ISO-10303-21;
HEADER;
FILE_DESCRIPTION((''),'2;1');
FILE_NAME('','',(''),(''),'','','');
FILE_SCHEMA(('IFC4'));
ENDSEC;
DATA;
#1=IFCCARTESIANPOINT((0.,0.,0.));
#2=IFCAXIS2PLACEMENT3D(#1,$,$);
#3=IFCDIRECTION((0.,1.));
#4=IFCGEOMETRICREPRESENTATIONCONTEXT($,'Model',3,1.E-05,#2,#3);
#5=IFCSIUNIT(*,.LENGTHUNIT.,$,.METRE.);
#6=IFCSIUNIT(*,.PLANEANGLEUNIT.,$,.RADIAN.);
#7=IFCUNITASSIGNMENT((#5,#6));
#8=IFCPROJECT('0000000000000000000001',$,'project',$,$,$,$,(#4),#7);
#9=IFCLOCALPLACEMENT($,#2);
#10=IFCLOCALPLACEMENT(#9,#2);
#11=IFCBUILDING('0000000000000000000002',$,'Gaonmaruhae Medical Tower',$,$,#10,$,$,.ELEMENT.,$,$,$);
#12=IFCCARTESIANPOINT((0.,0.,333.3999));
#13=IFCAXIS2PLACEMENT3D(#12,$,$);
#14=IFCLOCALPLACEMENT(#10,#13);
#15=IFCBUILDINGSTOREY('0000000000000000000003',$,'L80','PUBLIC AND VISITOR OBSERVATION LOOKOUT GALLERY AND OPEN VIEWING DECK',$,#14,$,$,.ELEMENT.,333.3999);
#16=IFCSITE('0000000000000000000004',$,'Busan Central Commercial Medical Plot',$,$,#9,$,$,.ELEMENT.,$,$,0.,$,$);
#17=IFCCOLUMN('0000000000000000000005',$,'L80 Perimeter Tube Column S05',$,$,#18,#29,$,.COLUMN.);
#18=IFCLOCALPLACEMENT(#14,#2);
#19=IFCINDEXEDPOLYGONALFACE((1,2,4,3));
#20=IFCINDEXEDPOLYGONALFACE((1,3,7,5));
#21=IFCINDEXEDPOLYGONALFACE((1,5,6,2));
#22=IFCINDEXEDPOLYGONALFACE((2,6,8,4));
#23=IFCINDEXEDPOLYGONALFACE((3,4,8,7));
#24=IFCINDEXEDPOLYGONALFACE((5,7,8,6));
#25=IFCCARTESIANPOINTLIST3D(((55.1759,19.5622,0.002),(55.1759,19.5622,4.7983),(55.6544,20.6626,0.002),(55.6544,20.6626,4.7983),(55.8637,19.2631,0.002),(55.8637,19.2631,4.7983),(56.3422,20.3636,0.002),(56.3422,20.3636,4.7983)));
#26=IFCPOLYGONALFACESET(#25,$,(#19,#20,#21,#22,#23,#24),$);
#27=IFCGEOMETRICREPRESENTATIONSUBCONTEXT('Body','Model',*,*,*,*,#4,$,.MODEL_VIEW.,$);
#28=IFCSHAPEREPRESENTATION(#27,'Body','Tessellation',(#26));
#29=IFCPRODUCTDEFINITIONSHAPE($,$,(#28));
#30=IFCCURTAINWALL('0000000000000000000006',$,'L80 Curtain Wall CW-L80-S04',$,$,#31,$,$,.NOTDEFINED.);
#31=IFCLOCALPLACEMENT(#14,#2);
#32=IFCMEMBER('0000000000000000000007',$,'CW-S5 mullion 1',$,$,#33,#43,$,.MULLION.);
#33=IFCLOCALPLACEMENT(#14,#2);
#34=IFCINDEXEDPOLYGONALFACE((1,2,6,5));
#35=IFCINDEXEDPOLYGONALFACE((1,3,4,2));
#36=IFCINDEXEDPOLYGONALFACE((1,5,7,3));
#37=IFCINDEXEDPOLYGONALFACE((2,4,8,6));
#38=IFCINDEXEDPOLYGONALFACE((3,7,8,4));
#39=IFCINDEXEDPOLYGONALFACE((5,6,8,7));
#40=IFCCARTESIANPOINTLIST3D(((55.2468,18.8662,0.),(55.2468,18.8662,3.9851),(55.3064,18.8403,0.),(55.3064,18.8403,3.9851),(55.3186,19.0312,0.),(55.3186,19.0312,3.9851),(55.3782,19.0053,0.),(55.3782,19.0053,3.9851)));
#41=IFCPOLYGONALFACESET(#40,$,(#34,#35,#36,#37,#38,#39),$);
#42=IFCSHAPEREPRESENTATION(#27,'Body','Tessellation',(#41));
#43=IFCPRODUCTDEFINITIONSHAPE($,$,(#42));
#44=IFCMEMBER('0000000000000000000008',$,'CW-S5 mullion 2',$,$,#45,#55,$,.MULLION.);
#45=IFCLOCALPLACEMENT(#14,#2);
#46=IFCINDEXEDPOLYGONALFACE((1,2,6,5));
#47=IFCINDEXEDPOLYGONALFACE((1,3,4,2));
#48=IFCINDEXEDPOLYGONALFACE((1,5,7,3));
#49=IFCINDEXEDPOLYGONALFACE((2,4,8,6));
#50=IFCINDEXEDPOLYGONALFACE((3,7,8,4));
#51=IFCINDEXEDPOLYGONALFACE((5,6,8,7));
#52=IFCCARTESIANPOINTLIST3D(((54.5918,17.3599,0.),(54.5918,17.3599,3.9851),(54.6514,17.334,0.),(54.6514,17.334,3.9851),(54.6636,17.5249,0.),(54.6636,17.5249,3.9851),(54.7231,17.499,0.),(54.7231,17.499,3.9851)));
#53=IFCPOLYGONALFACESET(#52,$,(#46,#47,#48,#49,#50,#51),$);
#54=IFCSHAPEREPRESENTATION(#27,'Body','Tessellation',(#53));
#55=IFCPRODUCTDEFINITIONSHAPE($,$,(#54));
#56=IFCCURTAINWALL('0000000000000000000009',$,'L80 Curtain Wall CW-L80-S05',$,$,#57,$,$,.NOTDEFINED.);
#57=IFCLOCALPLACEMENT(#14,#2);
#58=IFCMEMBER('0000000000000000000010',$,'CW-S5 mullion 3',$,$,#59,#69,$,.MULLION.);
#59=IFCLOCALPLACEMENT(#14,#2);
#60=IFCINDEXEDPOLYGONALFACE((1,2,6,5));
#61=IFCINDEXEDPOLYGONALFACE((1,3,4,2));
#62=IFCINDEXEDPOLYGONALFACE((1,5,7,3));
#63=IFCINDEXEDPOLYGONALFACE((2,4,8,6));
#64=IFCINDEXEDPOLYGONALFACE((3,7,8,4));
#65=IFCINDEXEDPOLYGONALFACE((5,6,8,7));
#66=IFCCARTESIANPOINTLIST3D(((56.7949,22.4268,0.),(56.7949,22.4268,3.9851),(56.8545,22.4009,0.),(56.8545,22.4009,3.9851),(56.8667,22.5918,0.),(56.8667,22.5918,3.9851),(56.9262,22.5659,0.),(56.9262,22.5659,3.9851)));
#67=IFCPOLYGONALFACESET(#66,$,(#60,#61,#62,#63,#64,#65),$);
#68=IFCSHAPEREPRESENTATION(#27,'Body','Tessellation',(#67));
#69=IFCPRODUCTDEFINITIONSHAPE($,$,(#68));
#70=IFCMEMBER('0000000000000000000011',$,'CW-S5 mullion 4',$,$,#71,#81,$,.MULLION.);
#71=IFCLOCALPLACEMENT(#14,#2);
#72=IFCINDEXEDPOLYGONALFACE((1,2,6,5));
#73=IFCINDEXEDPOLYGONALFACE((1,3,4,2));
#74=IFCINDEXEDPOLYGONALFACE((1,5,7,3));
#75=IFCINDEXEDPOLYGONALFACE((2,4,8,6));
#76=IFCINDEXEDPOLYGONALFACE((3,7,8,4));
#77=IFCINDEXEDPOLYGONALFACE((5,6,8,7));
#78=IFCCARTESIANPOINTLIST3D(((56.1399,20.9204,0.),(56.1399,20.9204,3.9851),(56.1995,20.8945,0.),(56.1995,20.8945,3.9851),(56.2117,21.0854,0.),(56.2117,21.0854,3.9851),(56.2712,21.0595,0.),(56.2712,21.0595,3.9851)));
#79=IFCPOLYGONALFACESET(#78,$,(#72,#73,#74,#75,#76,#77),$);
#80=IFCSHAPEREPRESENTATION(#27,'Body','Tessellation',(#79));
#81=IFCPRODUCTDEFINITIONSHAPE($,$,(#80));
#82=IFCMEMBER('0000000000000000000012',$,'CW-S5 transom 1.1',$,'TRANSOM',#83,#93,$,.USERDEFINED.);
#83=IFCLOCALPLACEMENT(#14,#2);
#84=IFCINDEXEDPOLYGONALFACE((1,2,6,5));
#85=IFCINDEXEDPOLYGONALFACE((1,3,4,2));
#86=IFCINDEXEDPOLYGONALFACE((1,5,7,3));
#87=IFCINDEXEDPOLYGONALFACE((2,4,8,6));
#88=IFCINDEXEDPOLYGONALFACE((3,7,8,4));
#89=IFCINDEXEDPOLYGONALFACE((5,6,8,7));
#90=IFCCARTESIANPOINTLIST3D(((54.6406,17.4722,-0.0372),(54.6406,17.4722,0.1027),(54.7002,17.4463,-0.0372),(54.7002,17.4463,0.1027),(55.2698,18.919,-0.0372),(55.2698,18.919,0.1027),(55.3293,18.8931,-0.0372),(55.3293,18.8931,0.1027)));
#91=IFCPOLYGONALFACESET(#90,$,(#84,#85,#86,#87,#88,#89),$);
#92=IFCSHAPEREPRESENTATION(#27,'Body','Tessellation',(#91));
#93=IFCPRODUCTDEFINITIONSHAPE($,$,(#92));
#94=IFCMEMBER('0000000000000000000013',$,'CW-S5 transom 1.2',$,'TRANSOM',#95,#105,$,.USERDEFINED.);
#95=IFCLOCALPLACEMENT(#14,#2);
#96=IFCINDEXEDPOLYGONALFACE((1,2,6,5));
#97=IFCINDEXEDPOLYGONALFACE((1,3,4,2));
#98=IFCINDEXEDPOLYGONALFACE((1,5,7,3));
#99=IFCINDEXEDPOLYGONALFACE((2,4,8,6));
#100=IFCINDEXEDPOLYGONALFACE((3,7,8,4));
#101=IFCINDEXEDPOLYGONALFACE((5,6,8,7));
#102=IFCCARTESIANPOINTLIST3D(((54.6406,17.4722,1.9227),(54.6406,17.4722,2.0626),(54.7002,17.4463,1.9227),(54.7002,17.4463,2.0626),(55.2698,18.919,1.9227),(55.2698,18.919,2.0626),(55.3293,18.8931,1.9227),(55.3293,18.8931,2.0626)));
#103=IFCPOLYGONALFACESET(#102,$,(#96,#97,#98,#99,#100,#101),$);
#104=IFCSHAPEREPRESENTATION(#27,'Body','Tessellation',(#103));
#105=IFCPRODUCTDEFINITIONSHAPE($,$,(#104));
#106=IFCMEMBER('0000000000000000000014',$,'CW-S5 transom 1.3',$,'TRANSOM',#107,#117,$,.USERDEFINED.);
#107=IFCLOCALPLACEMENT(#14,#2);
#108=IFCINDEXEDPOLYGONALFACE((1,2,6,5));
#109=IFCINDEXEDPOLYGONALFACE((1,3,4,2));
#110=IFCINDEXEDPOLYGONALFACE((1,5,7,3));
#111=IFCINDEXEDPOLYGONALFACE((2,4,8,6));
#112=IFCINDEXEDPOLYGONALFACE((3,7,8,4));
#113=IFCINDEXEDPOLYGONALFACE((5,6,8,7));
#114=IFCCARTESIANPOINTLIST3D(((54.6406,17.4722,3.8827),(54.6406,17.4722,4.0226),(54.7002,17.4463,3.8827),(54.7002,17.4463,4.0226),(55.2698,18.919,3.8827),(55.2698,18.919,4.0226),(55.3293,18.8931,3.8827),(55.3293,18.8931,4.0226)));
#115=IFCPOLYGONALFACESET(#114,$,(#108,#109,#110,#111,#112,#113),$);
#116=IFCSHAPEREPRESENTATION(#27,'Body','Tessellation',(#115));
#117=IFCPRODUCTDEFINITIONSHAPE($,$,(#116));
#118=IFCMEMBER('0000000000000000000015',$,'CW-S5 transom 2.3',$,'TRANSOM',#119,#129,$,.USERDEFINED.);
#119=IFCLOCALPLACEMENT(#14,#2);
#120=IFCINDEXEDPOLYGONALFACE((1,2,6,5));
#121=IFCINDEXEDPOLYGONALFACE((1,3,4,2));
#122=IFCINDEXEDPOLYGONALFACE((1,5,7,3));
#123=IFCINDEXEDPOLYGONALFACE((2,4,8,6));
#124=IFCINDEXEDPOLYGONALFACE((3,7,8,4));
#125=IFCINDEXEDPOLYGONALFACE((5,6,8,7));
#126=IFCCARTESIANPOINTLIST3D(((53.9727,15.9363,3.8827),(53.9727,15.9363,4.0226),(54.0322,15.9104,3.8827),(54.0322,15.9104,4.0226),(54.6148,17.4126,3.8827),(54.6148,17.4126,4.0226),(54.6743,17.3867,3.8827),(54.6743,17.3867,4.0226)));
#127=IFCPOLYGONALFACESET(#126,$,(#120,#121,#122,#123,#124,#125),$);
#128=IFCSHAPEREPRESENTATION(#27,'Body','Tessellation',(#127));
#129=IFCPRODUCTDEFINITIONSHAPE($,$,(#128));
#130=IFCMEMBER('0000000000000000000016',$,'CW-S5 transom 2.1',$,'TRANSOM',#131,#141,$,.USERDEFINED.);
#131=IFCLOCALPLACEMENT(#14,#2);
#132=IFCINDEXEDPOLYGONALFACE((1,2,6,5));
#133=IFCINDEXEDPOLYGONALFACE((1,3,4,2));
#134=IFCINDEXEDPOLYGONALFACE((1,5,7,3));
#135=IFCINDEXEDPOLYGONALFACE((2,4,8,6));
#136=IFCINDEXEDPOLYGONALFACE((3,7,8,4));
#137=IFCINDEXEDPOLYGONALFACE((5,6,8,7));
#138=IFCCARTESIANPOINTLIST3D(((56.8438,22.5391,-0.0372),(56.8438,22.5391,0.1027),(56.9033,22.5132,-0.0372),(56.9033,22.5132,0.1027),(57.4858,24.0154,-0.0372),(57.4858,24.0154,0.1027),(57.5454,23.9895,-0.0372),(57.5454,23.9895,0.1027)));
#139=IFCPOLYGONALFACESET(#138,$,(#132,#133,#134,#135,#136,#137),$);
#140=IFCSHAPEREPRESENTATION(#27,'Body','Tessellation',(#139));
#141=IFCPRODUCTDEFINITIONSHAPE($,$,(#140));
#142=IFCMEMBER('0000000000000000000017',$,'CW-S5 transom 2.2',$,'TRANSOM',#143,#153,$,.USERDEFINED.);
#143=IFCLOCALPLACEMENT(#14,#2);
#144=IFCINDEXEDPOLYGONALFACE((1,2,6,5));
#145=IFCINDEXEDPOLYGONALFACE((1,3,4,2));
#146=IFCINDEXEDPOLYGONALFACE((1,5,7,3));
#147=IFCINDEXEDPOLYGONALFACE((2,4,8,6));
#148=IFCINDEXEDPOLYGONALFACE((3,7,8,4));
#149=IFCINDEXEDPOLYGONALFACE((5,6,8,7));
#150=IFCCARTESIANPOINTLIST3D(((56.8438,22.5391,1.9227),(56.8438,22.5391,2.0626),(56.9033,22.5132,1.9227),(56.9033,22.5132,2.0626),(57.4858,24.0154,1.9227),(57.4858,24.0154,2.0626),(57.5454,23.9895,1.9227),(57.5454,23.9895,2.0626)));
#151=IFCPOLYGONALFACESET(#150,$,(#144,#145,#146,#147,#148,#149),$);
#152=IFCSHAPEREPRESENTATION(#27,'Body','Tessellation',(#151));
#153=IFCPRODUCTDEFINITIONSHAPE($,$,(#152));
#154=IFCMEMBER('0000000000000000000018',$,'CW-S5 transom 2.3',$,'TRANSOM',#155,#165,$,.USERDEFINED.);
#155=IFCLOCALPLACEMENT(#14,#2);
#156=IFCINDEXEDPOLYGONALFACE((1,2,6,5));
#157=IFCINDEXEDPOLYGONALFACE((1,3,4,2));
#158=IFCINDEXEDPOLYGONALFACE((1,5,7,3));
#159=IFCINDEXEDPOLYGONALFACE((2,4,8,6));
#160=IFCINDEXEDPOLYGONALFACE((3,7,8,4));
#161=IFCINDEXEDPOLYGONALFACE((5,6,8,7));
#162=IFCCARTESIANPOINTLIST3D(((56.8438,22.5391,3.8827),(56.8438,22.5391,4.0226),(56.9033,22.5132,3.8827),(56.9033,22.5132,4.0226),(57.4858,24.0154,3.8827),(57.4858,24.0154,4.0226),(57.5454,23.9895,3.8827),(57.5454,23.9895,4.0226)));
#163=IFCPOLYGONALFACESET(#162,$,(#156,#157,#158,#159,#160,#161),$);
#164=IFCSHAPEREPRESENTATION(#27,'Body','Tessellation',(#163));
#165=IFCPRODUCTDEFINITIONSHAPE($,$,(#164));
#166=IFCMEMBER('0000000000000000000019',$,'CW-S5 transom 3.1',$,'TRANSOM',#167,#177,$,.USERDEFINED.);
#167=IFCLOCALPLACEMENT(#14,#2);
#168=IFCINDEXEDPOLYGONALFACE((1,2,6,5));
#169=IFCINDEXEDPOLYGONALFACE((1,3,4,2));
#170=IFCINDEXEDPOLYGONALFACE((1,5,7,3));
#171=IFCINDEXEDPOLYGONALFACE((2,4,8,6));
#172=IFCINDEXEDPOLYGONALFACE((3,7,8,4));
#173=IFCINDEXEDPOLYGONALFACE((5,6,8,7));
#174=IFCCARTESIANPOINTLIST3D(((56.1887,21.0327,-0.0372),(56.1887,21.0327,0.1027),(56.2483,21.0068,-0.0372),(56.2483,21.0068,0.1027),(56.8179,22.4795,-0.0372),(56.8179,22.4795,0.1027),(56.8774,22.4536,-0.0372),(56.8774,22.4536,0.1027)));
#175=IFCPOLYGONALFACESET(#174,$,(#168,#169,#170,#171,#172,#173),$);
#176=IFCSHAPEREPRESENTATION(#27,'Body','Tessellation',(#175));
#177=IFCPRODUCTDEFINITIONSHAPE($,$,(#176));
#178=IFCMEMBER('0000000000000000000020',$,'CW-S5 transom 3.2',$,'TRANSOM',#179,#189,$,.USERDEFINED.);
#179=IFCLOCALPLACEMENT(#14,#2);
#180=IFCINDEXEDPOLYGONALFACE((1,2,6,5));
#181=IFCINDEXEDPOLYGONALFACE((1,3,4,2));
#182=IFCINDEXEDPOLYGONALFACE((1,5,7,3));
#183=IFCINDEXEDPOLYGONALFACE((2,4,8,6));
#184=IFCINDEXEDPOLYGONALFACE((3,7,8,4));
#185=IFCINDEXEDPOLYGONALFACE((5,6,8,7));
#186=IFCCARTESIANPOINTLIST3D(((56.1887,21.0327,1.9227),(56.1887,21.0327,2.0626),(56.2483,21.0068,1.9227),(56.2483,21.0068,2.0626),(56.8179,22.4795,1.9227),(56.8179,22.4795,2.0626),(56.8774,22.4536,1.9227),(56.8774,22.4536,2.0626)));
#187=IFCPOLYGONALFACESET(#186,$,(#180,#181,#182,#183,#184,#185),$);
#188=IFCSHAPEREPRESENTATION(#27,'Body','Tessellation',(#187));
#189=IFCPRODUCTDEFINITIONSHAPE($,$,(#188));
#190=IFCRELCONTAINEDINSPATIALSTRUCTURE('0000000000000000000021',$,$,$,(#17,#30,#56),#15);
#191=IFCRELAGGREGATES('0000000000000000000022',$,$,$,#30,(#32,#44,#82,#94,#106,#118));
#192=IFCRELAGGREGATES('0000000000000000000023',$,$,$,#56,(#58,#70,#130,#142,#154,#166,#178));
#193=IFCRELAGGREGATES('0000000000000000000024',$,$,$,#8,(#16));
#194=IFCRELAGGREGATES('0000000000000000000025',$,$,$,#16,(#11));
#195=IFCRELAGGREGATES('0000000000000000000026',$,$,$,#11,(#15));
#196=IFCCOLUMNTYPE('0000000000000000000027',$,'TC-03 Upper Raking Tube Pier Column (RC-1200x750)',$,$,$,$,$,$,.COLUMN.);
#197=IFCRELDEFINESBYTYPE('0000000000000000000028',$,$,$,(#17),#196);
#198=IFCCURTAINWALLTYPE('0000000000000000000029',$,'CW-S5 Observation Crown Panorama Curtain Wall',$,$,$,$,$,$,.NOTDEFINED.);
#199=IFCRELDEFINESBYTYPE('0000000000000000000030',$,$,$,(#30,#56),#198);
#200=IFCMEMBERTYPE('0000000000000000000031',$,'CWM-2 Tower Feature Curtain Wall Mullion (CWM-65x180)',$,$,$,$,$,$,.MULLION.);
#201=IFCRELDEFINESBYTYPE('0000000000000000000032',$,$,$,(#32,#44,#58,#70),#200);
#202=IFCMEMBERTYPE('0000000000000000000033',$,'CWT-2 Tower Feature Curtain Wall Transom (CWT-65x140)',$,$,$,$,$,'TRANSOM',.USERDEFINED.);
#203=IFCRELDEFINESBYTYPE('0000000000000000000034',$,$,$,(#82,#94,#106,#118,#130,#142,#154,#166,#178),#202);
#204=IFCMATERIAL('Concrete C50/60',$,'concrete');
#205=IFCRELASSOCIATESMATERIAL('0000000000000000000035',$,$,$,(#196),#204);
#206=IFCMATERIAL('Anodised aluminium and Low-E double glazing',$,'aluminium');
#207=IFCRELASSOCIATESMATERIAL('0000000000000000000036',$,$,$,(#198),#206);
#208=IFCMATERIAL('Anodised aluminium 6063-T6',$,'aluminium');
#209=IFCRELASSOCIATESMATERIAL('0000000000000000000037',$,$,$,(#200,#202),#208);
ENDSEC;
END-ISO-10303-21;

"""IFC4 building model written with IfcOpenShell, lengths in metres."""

from ifc_helpers import new_model, si_unit, direction, frame, origin, origin_2d, place, context, subcontext, project, spatial, rectangle, extrude, material, material_profile, profile_set, type_object, element, aggregate, save


model = new_model("IFC4")

# Units and contexts
model_context = context("Model", 3, precision=1e-05, world=origin(), true_north=direction((0.0, 1.0)))
body_context = subcontext(model_context, "Body", "Model", "MODEL_VIEW")
ifc_project = project(units=[si_unit("LENGTHUNIT", "METRE"), si_unit("PLANEANGLEUNIT", "RADIAN")], contexts=[model_context])

# Site, building, storey
site_placement = place(None, origin())
site = spatial("IfcSite", under=ifc_project, at=site_placement, Name="Busan Central Commercial Medical Plot", CompositionType="ELEMENT", RefElevation=0.0)
building_placement = place(site_placement, origin())
building = spatial("IfcBuilding", under=site, at=building_placement, Name="Gaonmaruhae Medical Tower", CompositionType="ELEMENT")
storey_placement = place(building_placement, frame((0.0, 0.0, 333.3999)))
storey = spatial("IfcBuildingStorey", under=building, at=storey_placement, Name="L80", Description="PUBLIC AND VISITOR OBSERVATION LOOKOUT GALLERY AND OPEN VIEWING DECK", CompositionType="ELEMENT", Elevation=333.3999)

# Column
ifc_material_1 = material(Name="Concrete C50/60", Category="concrete")
ifc_material_profile_1 = material_profile(ifc_material_1, rectangle(XDim=1.2, YDim=0.75, at=origin_2d()), Name="RC-1200x750")
ifc_profile_set_1 = profile_set([ifc_material_profile_1], Name="Concrete C50/60")
column_type = type_object("IfcColumnType", Name="TC-03 Upper Raking Tube Pier Column (RC-1200x750)", PredefinedType="COLUMN", material=ifc_profile_set_1)
column_placement = place(storey_placement, frame((55.759, 19.9629, 0.002), z_axis=(0.0, 0.0, 1.0), x_axis=(0.398749, 0.91706, 0.0)))
element("IfcColumn", 1, at=column_placement, inside=storey, type_object=column_type, Name="L80 Perimeter Tube Column S05", PredefinedType="COLUMN", context=body_context, shape_type="SweptSolid", body=[
    extrude(rectangle(XDim=1.2, YDim=0.75, at=origin_2d()), origin(), (0.0, 0.0, 1.0), 4.7964),
])

# Curtain walls, members
ifc_material_2 = material(Name="Anodised aluminium and Low-E double glazing", Category="aluminium")
curtain_wall_type = type_object("IfcCurtainWallType", Name="CW-S5 Observation Crown Panorama Curtain Wall", PredefinedType="NOTDEFINED", material=ifc_material_2)
curtain_wall_1_placement = place(storey_placement, origin())
curtain_wall_1 = element("IfcCurtainWall", 2, at=curtain_wall_1_placement, inside=storey, type_object=curtain_wall_type, Name="L80 Curtain Wall CW-L80-S04", PredefinedType="NOTDEFINED")
ifc_material_3 = material(Name="Anodised aluminium 6063-T6", Category="aluminium")
ifc_material_profile_2 = material_profile(ifc_material_3, rectangle(XDim=0.0649, YDim=0.1799, at=origin_2d()), Name="CWM-65x180")
ifc_profile_set_2 = profile_set([ifc_material_profile_2], Name="Anodised aluminium 6063-T6")
member_type_1 = type_object("IfcMemberType", Name="CWM-2 Tower Feature Curtain Wall Mullion (CWM-65x180)", PredefinedType="MULLION", material=ifc_profile_set_2)
member_1_placement = place(storey_placement, frame((55.3125, 18.9358, 0.0), z_axis=(0.0, 0.0, 1.0), x_axis=(0.91706, -0.398749, 0.0)))
member_1 = element("IfcMember", 3, at=member_1_placement, type_object=member_type_1, Name="CW-S5 mullion 1", PredefinedType="MULLION", context=body_context, shape_type="SweptSolid", body=[
    extrude(rectangle(XDim=0.0649, YDim=0.1799, at=origin_2d()), origin(), (0.0, 0.0, 1.0), 3.9851),
])
member_2_placement = place(storey_placement, frame((54.6575, 17.4294, 0.0), z_axis=(0.0, 0.0, 1.0), x_axis=(0.91706, -0.398749, 0.0)))
member_2 = element("IfcMember", 4, at=member_2_placement, type_object=member_type_1, Name="CW-S5 mullion 2", PredefinedType="MULLION", context=body_context, shape_type="SweptSolid", body=[
    extrude(rectangle(XDim=0.0649, YDim=0.1799, at=origin_2d()), origin(), (0.0, 0.0, 1.0), 3.9851),
])
curtain_wall_2_placement = place(storey_placement, origin())
curtain_wall_2 = element("IfcCurtainWall", 5, at=curtain_wall_2_placement, inside=storey, type_object=curtain_wall_type, Name="L80 Curtain Wall CW-L80-S05", PredefinedType="NOTDEFINED")
member_3_placement = place(storey_placement, frame((56.8606, 22.4963, 0.0), z_axis=(0.0, 0.0, 1.0), x_axis=(0.91706, -0.398749, 0.0)))
member_3 = element("IfcMember", 6, at=member_3_placement, type_object=member_type_1, Name="CW-S5 mullion 3", PredefinedType="MULLION", context=body_context, shape_type="SweptSolid", body=[
    extrude(rectangle(XDim=0.0649, YDim=0.1799, at=origin_2d()), origin(), (0.0, 0.0, 1.0), 3.9851),
])
member_4_placement = place(storey_placement, frame((56.2056, 20.99, 0.0), z_axis=(0.0, 0.0, 1.0), x_axis=(0.91706, -0.398749, 0.0)))
member_4 = element("IfcMember", 7, at=member_4_placement, type_object=member_type_1, Name="CW-S5 mullion 4", PredefinedType="MULLION", context=body_context, shape_type="SweptSolid", body=[
    extrude(rectangle(XDim=0.0649, YDim=0.1799, at=origin_2d()), origin(), (0.0, 0.0, 1.0), 3.9851),
])

# Members
ifc_material_profile_3 = material_profile(ifc_material_3, rectangle(XDim=0.0649, YDim=0.1399, at=origin_2d()), Name="CWT-65x140")
ifc_profile_set_3 = profile_set([ifc_material_profile_3], Name="Anodised aluminium 6063-T6")
member_type_2 = type_object("IfcMemberType", Name="CWT-2 Tower Feature Curtain Wall Transom (CWT-65x140)", ElementType="TRANSOM", PredefinedType="USERDEFINED", material=ifc_profile_set_3)
member_5_placement = place(storey_placement, frame((55.2996, 18.906, 0.0327), z_axis=(-0.398788, -0.917043, 0.0), x_axis=(0.917043, -0.398788, 0.0)))
member_5 = element("IfcMember", 8, at=member_5_placement, type_object=member_type_2, Name="CW-S5 transom 1.1", ObjectType="TRANSOM", PredefinedType="USERDEFINED", context=body_context, shape_type="SweptSolid", body=[
    extrude(rectangle(XDim=0.0649, YDim=0.1399, at=origin_2d()), origin(), (0.0, 0.0, 1.0), 1.5776),
])
member_6_placement = place(storey_placement, frame((55.2996, 18.906, 1.9927), z_axis=(-0.398788, -0.917043, 0.0), x_axis=(0.917043, -0.398788, 0.0)))
member_6 = element("IfcMember", 9, at=member_6_placement, type_object=member_type_2, Name="CW-S5 transom 1.2", ObjectType="TRANSOM", PredefinedType="USERDEFINED", context=body_context, shape_type="SweptSolid", body=[
    extrude(rectangle(XDim=0.0649, YDim=0.1399, at=origin_2d()), origin(), (0.0, 0.0, 1.0), 1.5776),
])
member_7_placement = place(storey_placement, frame((55.2996, 18.906, 3.9526), z_axis=(-0.398788, -0.917043, 0.0), x_axis=(0.917043, -0.398788, 0.0)))
member_7 = element("IfcMember", 10, at=member_7_placement, type_object=member_type_2, Name="CW-S5 transom 1.3", ObjectType="TRANSOM", PredefinedType="USERDEFINED", context=body_context, shape_type="SweptSolid", body=[
    extrude(rectangle(XDim=0.0649, YDim=0.1399, at=origin_2d()), origin(), (0.0, 0.0, 1.0), 1.5776),
])
member_8_placement = place(storey_placement, frame((54.6445, 17.3997, 3.9526), z_axis=(-0.398837, -0.917022, 0.0), x_axis=(0.917022, -0.398837, 0.0)))
member_8 = element("IfcMember", 11, at=member_8_placement, type_object=member_type_2, Name="CW-S5 transom 2.3", ObjectType="TRANSOM", PredefinedType="USERDEFINED", context=body_context, shape_type="SweptSolid", body=[
    extrude(rectangle(XDim=0.0649, YDim=0.1399, at=origin_2d()), origin(), (0.0, 0.0, 1.0), 1.6099),
])
member_9_placement = place(storey_placement, frame((57.5156, 24.0024, 0.0327), z_axis=(-0.398837, -0.917022, 0.0), x_axis=(0.917022, -0.398837, 0.0)))
member_9 = element("IfcMember", 12, at=member_9_placement, type_object=member_type_2, Name="CW-S5 transom 2.1", ObjectType="TRANSOM", PredefinedType="USERDEFINED", context=body_context, shape_type="SweptSolid", body=[
    extrude(rectangle(XDim=0.0649, YDim=0.1399, at=origin_2d()), origin(), (0.0, 0.0, 1.0), 1.6099),
])
member_10_placement = place(storey_placement, frame((57.5156, 24.0024, 1.9927), z_axis=(-0.398837, -0.917022, 0.0), x_axis=(0.917022, -0.398837, 0.0)))
member_10 = element("IfcMember", 13, at=member_10_placement, type_object=member_type_2, Name="CW-S5 transom 2.2", ObjectType="TRANSOM", PredefinedType="USERDEFINED", context=body_context, shape_type="SweptSolid", body=[
    extrude(rectangle(XDim=0.0649, YDim=0.1399, at=origin_2d()), origin(), (0.0, 0.0, 1.0), 1.6099),
])
member_11_placement = place(storey_placement, frame((57.5156, 24.0024, 3.9526), z_axis=(-0.398837, -0.917022, 0.0), x_axis=(0.917022, -0.398837, 0.0)))
member_11 = element("IfcMember", 14, at=member_11_placement, type_object=member_type_2, Name="CW-S5 transom 2.3", ObjectType="TRANSOM", PredefinedType="USERDEFINED", context=body_context, shape_type="SweptSolid", body=[
    extrude(rectangle(XDim=0.0649, YDim=0.1399, at=origin_2d()), origin(), (0.0, 0.0, 1.0), 1.6099),
])
member_12_placement = place(storey_placement, frame((56.8477, 22.4666, 0.0327), z_axis=(-0.398788, -0.917043, 0.0), x_axis=(0.917043, -0.398788, 0.0)))
member_12 = element("IfcMember", 15, at=member_12_placement, type_object=member_type_2, Name="CW-S5 transom 3.1", ObjectType="TRANSOM", PredefinedType="USERDEFINED", context=body_context, shape_type="SweptSolid", body=[
    extrude(rectangle(XDim=0.0649, YDim=0.1399, at=origin_2d()), origin(), (0.0, 0.0, 1.0), 1.5776),
])
member_13_placement = place(storey_placement, frame((56.8477, 22.4666, 1.9927), z_axis=(-0.398788, -0.917043, 0.0), x_axis=(0.917043, -0.398788, 0.0)))
member_13 = element("IfcMember", 16, at=member_13_placement, type_object=member_type_2, Name="CW-S5 transom 3.2", ObjectType="TRANSOM", PredefinedType="USERDEFINED", context=body_context, shape_type="SweptSolid", body=[
    extrude(rectangle(XDim=0.0649, YDim=0.1399, at=origin_2d()), origin(), (0.0, 0.0, 1.0), 1.5776),
])

aggregate(curtain_wall_1, [member_1, member_2, member_5, member_6, member_7, member_8])
aggregate(curtain_wall_2, [member_3, member_4, member_9, member_10, member_11, member_12, member_13])

save(model, "model.ifc")
